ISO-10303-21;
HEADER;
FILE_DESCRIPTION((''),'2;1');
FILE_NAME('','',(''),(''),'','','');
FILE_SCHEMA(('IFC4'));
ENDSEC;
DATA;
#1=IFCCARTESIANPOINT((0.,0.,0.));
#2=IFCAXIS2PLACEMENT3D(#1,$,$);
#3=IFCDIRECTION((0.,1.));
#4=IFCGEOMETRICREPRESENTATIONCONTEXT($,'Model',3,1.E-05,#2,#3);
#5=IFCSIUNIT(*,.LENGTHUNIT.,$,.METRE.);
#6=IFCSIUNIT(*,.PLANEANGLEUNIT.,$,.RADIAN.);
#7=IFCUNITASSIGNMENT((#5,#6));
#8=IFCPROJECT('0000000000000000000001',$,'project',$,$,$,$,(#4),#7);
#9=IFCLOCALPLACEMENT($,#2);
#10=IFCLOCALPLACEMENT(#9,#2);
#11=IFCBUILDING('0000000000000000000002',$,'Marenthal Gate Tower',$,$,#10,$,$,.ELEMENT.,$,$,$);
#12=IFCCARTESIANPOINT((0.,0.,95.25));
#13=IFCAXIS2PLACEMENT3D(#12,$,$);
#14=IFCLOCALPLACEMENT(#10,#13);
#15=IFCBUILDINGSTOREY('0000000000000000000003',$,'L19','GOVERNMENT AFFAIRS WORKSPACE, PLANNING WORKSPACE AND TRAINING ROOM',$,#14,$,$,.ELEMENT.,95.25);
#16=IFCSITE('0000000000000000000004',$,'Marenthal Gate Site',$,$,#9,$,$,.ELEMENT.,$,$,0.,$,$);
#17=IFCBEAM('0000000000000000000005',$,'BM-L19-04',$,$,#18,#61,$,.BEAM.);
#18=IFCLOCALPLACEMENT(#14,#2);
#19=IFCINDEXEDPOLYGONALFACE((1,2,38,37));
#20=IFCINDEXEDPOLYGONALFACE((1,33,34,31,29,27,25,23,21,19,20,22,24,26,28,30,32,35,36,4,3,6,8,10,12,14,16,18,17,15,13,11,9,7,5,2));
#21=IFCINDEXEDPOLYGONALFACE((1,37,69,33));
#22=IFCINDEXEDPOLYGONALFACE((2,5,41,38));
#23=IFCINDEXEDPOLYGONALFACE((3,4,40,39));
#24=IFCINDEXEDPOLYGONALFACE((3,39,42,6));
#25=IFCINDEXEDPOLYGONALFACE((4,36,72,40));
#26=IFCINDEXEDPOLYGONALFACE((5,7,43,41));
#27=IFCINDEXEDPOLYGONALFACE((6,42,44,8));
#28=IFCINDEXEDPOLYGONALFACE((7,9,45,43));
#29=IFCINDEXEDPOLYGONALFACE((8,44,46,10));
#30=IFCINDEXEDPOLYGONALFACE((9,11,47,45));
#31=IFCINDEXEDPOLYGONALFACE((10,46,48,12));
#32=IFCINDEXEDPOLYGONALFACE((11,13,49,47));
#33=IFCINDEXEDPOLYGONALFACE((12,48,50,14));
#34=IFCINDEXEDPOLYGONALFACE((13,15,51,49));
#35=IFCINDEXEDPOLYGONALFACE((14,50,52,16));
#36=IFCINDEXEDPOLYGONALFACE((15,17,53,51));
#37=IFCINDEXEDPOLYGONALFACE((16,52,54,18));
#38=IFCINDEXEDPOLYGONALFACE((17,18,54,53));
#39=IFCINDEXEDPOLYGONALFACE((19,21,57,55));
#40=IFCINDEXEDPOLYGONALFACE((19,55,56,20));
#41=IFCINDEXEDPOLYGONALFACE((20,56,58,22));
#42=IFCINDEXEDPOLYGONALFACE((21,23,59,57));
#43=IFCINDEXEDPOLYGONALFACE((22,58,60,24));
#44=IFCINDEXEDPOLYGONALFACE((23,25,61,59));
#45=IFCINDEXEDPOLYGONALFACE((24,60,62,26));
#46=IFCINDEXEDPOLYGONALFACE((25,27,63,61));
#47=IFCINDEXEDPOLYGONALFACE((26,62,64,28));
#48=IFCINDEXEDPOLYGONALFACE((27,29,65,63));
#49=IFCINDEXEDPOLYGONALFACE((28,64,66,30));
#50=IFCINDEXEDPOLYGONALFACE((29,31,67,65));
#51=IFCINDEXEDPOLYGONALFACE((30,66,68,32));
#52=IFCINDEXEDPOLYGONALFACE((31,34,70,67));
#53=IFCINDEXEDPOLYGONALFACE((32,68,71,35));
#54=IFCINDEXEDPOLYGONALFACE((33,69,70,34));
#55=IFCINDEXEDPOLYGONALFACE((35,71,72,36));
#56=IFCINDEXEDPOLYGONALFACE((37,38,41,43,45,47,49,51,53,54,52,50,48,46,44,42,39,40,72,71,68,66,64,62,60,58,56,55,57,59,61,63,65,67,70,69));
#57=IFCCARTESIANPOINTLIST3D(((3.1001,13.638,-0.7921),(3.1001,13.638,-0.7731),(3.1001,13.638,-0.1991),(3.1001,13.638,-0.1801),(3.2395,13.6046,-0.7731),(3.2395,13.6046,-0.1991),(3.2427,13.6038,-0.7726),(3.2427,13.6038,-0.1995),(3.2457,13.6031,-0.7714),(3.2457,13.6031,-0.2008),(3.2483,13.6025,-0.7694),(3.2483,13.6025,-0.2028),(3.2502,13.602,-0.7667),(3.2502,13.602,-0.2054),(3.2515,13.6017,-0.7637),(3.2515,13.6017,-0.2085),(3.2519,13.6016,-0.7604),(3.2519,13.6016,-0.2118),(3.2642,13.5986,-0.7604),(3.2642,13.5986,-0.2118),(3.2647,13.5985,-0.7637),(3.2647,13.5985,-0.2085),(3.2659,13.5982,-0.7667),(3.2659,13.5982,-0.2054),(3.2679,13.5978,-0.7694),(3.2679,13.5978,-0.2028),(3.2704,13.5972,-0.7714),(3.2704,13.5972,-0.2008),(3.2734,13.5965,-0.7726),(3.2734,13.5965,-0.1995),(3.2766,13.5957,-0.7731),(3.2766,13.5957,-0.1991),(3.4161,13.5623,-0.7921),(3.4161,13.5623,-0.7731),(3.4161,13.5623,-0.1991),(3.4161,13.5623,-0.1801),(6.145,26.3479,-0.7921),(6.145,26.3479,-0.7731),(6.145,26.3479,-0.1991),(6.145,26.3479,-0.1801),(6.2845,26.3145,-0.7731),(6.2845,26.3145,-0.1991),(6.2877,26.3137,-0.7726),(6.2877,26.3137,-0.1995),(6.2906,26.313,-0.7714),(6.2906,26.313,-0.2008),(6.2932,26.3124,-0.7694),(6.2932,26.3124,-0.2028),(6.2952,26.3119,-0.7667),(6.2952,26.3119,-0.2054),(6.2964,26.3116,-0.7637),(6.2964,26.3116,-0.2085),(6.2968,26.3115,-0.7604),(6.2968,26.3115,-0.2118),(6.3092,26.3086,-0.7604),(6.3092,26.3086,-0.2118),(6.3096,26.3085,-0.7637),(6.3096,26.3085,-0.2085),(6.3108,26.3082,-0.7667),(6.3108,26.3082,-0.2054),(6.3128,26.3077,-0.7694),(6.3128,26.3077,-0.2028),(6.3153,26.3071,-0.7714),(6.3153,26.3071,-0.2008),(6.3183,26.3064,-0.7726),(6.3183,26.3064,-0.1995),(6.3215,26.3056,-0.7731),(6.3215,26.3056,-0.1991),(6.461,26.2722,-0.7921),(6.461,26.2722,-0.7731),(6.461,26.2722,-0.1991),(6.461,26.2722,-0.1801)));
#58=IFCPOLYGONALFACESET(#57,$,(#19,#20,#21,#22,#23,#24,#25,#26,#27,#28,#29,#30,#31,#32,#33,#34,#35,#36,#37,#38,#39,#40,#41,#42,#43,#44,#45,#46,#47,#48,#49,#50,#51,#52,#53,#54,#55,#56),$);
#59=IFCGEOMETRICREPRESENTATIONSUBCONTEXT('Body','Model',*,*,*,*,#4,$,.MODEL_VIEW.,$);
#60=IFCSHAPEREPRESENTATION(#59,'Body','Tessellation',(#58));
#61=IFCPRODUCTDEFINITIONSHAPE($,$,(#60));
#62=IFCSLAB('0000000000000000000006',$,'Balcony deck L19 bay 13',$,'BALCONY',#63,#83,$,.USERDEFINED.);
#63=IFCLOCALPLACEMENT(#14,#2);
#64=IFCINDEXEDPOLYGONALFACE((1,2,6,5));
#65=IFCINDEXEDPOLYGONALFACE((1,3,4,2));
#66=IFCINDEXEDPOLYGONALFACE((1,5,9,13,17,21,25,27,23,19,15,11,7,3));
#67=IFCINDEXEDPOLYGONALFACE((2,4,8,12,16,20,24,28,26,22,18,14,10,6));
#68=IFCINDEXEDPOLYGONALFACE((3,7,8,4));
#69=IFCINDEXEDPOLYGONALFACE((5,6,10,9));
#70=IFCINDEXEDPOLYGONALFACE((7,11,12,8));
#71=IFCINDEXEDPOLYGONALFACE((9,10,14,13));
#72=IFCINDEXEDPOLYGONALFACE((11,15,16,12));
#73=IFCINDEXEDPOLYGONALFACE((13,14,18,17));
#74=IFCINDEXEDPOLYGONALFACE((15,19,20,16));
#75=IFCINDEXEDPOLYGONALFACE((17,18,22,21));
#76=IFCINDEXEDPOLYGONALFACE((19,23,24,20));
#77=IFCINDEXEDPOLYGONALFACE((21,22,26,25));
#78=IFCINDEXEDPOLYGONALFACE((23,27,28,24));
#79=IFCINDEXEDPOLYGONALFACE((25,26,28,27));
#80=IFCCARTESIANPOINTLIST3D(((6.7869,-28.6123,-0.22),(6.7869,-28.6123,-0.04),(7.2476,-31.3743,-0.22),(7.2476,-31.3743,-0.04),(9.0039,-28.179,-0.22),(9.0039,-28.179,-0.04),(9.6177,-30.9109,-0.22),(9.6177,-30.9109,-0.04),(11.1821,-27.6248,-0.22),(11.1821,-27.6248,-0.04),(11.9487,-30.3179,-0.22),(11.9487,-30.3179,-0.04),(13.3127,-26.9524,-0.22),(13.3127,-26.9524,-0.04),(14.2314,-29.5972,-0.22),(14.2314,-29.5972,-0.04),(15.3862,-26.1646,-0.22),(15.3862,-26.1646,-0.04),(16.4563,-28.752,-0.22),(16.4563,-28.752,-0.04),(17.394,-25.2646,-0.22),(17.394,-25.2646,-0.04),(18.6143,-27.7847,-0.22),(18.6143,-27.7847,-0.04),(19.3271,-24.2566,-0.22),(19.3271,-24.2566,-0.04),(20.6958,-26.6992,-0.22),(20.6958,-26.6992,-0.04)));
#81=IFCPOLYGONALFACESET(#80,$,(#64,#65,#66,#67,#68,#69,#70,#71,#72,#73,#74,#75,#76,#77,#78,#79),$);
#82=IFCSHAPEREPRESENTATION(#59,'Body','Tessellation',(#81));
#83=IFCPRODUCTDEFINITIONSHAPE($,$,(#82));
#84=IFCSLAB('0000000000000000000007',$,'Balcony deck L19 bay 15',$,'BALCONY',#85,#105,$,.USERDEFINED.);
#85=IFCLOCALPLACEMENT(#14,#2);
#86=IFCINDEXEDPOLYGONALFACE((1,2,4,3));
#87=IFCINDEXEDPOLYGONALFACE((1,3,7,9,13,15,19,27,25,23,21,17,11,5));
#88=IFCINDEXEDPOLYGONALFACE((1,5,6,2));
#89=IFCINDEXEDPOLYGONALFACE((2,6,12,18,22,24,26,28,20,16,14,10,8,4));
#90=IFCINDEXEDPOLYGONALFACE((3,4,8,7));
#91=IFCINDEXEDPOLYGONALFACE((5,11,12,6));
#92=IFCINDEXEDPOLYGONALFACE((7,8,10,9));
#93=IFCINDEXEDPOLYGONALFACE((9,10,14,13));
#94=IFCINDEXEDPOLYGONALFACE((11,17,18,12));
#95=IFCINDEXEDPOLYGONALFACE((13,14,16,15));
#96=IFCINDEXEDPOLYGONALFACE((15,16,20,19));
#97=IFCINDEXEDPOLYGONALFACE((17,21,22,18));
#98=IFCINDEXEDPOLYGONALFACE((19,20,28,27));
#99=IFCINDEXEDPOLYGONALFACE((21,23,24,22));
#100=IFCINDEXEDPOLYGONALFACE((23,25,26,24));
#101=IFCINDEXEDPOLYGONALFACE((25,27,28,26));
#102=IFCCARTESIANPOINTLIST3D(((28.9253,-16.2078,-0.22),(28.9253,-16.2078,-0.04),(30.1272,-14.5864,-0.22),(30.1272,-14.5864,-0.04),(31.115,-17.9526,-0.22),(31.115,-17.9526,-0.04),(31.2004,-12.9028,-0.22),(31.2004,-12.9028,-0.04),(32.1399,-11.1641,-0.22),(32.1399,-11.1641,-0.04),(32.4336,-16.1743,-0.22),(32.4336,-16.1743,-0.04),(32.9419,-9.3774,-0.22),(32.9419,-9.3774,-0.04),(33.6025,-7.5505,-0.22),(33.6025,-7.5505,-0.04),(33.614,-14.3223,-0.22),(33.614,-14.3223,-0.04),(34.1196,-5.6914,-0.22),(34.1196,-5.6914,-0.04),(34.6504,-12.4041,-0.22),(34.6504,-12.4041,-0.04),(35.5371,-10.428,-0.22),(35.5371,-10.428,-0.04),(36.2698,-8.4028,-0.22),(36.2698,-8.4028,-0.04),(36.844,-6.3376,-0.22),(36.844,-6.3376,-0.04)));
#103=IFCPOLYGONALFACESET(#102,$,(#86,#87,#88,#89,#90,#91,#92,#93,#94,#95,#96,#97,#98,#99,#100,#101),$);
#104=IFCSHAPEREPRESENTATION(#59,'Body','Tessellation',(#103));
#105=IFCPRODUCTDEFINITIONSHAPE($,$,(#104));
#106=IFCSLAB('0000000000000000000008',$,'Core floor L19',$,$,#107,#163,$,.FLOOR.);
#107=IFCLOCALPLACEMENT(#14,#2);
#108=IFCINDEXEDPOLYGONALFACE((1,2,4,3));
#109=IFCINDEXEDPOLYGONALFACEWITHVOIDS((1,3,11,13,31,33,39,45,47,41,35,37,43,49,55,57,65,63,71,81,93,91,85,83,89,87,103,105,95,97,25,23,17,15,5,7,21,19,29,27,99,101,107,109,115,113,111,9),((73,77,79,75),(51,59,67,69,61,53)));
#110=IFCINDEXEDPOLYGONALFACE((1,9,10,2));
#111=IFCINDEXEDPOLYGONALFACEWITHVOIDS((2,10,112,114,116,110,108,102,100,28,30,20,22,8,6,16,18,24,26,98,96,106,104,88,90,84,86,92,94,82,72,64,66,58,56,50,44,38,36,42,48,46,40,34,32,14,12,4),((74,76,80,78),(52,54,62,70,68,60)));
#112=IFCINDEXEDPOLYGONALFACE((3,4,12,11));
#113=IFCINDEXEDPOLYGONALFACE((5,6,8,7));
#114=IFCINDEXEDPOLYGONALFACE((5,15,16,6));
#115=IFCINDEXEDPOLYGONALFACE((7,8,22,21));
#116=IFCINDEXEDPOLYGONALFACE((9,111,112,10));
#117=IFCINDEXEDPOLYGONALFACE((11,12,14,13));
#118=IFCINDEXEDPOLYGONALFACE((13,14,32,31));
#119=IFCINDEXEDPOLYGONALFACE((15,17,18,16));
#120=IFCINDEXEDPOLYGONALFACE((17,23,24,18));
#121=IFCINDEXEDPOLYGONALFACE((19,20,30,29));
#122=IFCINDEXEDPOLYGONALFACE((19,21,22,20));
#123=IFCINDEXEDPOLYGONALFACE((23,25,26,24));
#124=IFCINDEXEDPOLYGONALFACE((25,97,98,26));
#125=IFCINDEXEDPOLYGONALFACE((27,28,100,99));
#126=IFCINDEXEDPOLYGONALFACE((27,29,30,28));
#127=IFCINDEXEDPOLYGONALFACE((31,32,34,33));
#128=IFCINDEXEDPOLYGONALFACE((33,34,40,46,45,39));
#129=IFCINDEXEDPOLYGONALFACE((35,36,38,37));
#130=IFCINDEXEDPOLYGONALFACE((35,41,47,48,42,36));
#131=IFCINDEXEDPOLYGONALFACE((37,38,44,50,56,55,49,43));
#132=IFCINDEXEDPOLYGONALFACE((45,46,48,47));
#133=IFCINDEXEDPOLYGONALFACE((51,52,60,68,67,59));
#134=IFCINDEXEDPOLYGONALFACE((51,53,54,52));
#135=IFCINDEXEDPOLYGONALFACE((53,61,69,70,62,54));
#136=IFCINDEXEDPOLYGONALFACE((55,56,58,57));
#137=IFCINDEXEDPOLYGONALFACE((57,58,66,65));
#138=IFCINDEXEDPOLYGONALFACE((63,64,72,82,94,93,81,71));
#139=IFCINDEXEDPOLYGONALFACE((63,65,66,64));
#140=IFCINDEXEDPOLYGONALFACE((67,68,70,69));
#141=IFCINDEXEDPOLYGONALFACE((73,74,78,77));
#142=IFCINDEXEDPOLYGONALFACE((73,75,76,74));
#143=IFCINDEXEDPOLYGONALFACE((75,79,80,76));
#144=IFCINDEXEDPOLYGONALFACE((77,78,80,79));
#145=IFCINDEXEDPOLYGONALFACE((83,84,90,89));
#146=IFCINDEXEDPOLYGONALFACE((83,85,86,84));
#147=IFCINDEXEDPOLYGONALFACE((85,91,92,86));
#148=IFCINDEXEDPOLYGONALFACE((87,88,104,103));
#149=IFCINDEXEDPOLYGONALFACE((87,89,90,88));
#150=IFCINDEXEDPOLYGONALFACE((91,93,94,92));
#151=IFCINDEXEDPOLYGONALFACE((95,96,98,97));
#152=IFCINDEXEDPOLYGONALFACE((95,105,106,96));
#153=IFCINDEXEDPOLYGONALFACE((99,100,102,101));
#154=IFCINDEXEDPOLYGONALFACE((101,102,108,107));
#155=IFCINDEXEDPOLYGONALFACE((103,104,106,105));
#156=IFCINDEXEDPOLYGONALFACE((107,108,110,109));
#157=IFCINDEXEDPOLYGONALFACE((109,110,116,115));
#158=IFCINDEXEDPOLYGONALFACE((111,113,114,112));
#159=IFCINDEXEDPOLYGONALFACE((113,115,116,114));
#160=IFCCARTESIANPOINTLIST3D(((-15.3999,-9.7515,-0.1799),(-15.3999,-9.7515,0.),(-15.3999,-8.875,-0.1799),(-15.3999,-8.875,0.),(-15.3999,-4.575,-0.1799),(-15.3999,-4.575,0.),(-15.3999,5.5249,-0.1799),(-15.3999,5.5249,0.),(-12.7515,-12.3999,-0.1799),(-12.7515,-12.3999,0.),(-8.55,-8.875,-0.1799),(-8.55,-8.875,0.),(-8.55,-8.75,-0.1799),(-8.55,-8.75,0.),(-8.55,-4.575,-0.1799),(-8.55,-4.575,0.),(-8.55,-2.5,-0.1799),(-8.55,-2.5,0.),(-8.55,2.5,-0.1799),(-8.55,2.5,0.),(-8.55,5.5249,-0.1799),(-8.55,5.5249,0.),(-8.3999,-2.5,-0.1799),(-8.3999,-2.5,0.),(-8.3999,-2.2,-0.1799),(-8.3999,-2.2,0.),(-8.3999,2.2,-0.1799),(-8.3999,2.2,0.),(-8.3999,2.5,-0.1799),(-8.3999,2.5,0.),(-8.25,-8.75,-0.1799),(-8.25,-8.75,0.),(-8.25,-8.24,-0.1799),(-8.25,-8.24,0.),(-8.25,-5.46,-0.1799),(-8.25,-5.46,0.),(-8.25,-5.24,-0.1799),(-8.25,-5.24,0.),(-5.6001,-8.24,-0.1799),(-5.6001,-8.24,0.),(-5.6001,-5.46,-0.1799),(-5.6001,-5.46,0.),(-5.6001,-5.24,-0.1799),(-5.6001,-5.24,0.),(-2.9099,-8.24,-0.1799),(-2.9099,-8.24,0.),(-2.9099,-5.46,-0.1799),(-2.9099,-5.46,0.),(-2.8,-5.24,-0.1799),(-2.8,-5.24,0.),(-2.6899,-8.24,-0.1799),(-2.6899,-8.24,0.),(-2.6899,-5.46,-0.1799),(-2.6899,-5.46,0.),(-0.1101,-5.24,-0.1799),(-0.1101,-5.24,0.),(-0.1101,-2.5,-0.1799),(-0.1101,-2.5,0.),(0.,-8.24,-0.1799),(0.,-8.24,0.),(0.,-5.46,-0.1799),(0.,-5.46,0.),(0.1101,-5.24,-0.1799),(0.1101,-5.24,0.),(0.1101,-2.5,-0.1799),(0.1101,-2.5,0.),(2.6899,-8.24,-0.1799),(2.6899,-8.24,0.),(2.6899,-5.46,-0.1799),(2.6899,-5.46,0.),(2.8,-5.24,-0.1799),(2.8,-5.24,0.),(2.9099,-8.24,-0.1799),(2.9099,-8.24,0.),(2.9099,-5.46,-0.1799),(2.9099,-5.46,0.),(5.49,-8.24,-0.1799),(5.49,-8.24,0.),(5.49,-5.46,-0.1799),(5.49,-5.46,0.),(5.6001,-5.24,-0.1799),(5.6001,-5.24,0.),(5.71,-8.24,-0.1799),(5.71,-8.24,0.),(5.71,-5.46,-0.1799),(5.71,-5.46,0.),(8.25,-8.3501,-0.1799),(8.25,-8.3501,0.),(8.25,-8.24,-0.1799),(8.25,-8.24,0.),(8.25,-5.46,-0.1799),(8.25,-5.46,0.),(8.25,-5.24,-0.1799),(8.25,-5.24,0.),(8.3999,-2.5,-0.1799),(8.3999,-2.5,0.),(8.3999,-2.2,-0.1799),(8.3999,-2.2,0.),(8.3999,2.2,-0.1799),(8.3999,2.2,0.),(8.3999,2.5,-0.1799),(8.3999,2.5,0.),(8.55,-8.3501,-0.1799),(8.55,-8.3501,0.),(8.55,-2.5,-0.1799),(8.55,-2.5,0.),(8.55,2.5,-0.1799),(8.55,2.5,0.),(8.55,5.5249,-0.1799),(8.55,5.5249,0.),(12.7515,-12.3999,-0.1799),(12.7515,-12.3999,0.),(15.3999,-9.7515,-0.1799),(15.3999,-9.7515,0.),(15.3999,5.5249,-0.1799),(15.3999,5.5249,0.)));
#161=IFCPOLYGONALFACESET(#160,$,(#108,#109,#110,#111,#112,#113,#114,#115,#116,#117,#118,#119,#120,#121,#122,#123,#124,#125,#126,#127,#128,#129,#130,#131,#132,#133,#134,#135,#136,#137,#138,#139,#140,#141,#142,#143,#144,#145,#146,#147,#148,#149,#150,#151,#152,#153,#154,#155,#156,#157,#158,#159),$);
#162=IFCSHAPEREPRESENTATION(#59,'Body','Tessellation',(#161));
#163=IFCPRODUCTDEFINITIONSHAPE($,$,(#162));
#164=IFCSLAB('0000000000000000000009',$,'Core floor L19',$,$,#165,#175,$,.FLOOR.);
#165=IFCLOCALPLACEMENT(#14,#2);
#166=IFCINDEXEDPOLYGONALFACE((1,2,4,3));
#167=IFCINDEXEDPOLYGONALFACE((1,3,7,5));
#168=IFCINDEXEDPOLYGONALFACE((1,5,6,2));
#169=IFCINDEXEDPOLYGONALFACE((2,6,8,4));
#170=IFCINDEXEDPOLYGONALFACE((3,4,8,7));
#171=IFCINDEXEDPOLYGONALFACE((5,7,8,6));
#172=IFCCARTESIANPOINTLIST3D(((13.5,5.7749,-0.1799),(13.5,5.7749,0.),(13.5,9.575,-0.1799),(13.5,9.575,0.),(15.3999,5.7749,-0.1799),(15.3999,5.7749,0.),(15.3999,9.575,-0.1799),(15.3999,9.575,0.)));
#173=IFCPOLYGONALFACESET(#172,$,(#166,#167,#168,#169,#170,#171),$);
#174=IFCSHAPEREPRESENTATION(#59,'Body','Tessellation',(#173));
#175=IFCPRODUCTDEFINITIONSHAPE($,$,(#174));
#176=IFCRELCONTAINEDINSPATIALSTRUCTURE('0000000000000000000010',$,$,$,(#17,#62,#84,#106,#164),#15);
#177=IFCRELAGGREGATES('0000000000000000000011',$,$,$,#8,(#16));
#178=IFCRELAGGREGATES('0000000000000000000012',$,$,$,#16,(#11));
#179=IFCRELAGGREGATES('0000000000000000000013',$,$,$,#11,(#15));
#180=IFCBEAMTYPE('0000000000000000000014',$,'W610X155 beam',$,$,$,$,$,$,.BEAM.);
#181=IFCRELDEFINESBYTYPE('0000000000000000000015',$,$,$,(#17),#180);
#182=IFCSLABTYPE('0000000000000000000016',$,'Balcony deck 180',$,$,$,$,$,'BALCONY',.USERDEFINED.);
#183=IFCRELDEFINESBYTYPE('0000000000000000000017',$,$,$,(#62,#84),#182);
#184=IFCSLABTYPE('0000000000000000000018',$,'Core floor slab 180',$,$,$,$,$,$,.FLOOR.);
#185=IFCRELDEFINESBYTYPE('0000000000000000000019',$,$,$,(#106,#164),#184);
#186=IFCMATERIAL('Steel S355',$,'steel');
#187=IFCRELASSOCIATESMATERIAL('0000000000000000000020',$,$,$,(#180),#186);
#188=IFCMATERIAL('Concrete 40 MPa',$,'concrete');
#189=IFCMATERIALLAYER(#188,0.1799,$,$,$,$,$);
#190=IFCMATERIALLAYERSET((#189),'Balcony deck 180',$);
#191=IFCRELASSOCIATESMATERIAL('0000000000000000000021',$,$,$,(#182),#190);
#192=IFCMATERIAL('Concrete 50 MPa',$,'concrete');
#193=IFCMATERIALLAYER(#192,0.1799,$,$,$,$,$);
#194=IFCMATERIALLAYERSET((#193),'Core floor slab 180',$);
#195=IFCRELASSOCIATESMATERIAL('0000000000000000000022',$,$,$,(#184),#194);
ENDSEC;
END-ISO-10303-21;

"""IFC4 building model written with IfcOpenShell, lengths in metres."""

from ifc_helpers import new_model, si_unit, direction, frame, origin, origin_2d, place, context, subcontext, project, spatial, polyline, i_section, outline, extrude, material, layer, layer_set, material_profile, profile_set, type_object, element, save


model = new_model("IFC4")

# Units and contexts
model_context = context("Model", 3, precision=1e-05, world=origin(), true_north=direction((0.0, 1.0)))
body_context = subcontext(model_context, "Body", "Model", "MODEL_VIEW")
ifc_project = project(units=[si_unit("LENGTHUNIT", "METRE"), si_unit("PLANEANGLEUNIT", "RADIAN")], contexts=[model_context])

# Site, building, storey
site_placement = place(None, origin())
site = spatial("IfcSite", under=ifc_project, at=site_placement, Name="Marenthal Gate Site", CompositionType="ELEMENT", RefElevation=0.0)
building_placement = place(site_placement, origin())
building = spatial("IfcBuilding", under=site, at=building_placement, Name="Marenthal Gate Tower", CompositionType="ELEMENT")
storey_placement = place(building_placement, frame((0.0, 0.0, 95.25)))
storey = spatial("IfcBuildingStorey", under=building, at=storey_placement, Name="L19", Description="GOVERNMENT AFFAIRS WORKSPACE, PLANNING WORKSPACE AND TRAINING ROOM", CompositionType="ELEMENT", Elevation=95.25)

# Beam
ifc_material_1 = material(Name="Steel S355", Category="steel")
ifc_material_profile_1 = material_profile(ifc_material_1, i_section(OverallWidth=0.325, OverallDepth=0.6121, WebThickness=0.0127, FlangeThickness=0.019, FilletRadius=0.0127, at=origin_2d()), Name="W610X155")
ifc_profile_set_1 = profile_set([ifc_material_profile_1], Name="Steel S355")
beam_type_1 = type_object("IfcBeamType", Name="W610X155 beam", PredefinedType="BEAM", material=ifc_profile_set_1)
beam_1_placement = place(storey_placement, frame((6.303, 26.3101, -0.4861), z_axis=(-0.232977, -0.972482, 0.0), x_axis=(0.972482, -0.232977, 0.0)))
element("IfcBeam", 1, at=beam_1_placement, inside=storey, type_object=beam_type_1, Name="BM-L19-04", PredefinedType="BEAM", context=body_context, shape_type="SweptSolid", body=[
    extrude(i_section(OverallWidth=0.325, OverallDepth=0.6121, WebThickness=0.0127, FlangeThickness=0.019, FilletRadius=0.0127, at=origin_2d()), origin(), (0.0, 0.0, 1.0), 13.0696),
])

# Slabs
ifc_material_2 = material(Name="Concrete 40 MPa", Category="concrete")
ifc_layer_1 = layer(ifc_material_2, 0.1799)
ifc_layer_set_1 = layer_set([ifc_layer_1], Name="Balcony deck 180")
slab_type_1 = type_object("IfcSlabType", Name="Balcony deck 180", ElementType="BALCONY", PredefinedType="USERDEFINED", material=ifc_layer_set_1)
slab_1_placement = place(storey_placement, frame((0.0, 0.0, -0.22)))
element("IfcSlab", 2, at=slab_1_placement, inside=storey, type_object=slab_type_1, Name="Balcony deck L19 bay 13", ObjectType="BALCONY", PredefinedType="USERDEFINED", context=body_context, shape_type="SweptSolid", body=[
    extrude(outline(polyline([(6.7869, -28.6123), (9.0039, -28.179), (11.1821, -27.6248), (13.3127, -26.9524), (15.3862, -26.1646), (17.394, -25.2646), (19.3271, -24.2566), (20.6958, -26.6992), (18.6143, -27.7847), (16.4563, -28.752), (14.2314, -29.5972), (11.9487, -30.3179), (9.6177, -30.9109), (7.2476, -31.3743), (6.7869, -28.6123)])), origin(), (0.0, 0.0, 1.0), 0.1799),
])
slab_2_placement = place(storey_placement, frame((0.0, 0.0, -0.22)))
element("IfcSlab", 3, at=slab_2_placement, inside=storey, type_object=slab_type_1, Name="Balcony deck L19 bay 15", ObjectType="BALCONY", PredefinedType="USERDEFINED", context=body_context, shape_type="SweptSolid", body=[
    extrude(outline(polyline([(28.9253, -16.2078), (30.1272, -14.5864), (31.2004, -12.9028), (32.1399, -11.1641), (32.9419, -9.3774), (33.6025, -7.5505), (34.1196, -5.6914), (36.844, -6.3376), (36.2698, -8.4028), (35.5371, -10.428), (34.6504, -12.4041), (33.614, -14.3223), (32.4336, -16.1743), (31.115, -17.9526), (28.9253, -16.2078)])), origin(), (0.0, 0.0, 1.0), 0.1799),
])
ifc_material_3 = material(Name="Concrete 50 MPa", Category="concrete")
ifc_layer_2 = layer(ifc_material_3, 0.1799)
ifc_layer_set_2 = layer_set([ifc_layer_2], Name="Core floor slab 180")
slab_type_2 = type_object("IfcSlabType", Name="Core floor slab 180", PredefinedType="FLOOR", material=ifc_layer_set_2)
slab_3_placement = place(storey_placement, frame((0.0, 0.0, -0.1799)))
element("IfcSlab", 4, at=slab_3_placement, inside=storey, type_object=slab_type_2, Name="Core floor L19", PredefinedType="FLOOR", context=body_context, shape_type="SweptSolid", body=[
    extrude(outline(polyline([(15.3999, -9.7515), (12.7515, -12.3999), (-12.7515, -12.3999), (-15.3999, -9.7515), (-15.3999, -8.875), (-8.55, -8.875), (-8.55, -8.75), (-8.25, -8.75), (-8.25, -8.24), (-5.6001, -8.24), (-2.9099, -8.24), (-2.9099, -5.46), (-5.6001, -5.46), (-8.25, -5.46), (-8.25, -5.24), (-5.6001, -5.24), (-2.8, -5.24), (-0.1101, -5.24), (-0.1101, -2.5), (0.1101, -2.5), (0.1101, -5.24), (2.8, -5.24), (5.6001, -5.24), (8.25, -5.24), (8.25, -5.46), (5.71, -5.46), (5.71, -8.24), (8.25, -8.24), (8.25, -8.3501), (8.55, -8.3501), (8.55, -2.5), (8.3999, -2.5), (8.3999, -2.2), (-8.3999, -2.2), (-8.3999, -2.5), (-8.55, -2.5), (-8.55, -4.575), (-15.3999, -4.575), (-15.3999, 5.5249), (-8.55, 5.5249), (-8.55, 2.5), (-8.3999, 2.5), (-8.3999, 2.2), (8.3999, 2.2), (8.3999, 2.5), (8.55, 2.5), (8.55, 5.5249), (15.3999, 5.5249), (15.3999, -9.7515)]), holes=[polyline([(2.6899, -5.46), (0.0, -5.46), (-2.6899, -5.46), (-2.6899, -8.24), (0.0, -8.24), (2.6899, -8.24), (2.6899, -5.46)]), polyline([(5.49, -5.46), (2.9099, -5.46), (2.9099, -8.24), (5.49, -8.24), (5.49, -5.46)])]), origin(), (0.0, 0.0, 1.0), 0.1799),
])
slab_4_placement = place(storey_placement, frame((0.0, 0.0, -0.1799)))
element("IfcSlab", 5, at=slab_4_placement, inside=storey, type_object=slab_type_2, Name="Core floor L19", PredefinedType="FLOOR", context=body_context, shape_type="SweptSolid", body=[
    extrude(outline(polyline([(15.3999, 5.7749), (13.5, 5.7749), (13.5, 9.575), (15.3999, 9.575), (15.3999, 5.7749)])), origin(), (0.0, 0.0, 1.0), 0.1799),
])

save(model, "model.ifc")
